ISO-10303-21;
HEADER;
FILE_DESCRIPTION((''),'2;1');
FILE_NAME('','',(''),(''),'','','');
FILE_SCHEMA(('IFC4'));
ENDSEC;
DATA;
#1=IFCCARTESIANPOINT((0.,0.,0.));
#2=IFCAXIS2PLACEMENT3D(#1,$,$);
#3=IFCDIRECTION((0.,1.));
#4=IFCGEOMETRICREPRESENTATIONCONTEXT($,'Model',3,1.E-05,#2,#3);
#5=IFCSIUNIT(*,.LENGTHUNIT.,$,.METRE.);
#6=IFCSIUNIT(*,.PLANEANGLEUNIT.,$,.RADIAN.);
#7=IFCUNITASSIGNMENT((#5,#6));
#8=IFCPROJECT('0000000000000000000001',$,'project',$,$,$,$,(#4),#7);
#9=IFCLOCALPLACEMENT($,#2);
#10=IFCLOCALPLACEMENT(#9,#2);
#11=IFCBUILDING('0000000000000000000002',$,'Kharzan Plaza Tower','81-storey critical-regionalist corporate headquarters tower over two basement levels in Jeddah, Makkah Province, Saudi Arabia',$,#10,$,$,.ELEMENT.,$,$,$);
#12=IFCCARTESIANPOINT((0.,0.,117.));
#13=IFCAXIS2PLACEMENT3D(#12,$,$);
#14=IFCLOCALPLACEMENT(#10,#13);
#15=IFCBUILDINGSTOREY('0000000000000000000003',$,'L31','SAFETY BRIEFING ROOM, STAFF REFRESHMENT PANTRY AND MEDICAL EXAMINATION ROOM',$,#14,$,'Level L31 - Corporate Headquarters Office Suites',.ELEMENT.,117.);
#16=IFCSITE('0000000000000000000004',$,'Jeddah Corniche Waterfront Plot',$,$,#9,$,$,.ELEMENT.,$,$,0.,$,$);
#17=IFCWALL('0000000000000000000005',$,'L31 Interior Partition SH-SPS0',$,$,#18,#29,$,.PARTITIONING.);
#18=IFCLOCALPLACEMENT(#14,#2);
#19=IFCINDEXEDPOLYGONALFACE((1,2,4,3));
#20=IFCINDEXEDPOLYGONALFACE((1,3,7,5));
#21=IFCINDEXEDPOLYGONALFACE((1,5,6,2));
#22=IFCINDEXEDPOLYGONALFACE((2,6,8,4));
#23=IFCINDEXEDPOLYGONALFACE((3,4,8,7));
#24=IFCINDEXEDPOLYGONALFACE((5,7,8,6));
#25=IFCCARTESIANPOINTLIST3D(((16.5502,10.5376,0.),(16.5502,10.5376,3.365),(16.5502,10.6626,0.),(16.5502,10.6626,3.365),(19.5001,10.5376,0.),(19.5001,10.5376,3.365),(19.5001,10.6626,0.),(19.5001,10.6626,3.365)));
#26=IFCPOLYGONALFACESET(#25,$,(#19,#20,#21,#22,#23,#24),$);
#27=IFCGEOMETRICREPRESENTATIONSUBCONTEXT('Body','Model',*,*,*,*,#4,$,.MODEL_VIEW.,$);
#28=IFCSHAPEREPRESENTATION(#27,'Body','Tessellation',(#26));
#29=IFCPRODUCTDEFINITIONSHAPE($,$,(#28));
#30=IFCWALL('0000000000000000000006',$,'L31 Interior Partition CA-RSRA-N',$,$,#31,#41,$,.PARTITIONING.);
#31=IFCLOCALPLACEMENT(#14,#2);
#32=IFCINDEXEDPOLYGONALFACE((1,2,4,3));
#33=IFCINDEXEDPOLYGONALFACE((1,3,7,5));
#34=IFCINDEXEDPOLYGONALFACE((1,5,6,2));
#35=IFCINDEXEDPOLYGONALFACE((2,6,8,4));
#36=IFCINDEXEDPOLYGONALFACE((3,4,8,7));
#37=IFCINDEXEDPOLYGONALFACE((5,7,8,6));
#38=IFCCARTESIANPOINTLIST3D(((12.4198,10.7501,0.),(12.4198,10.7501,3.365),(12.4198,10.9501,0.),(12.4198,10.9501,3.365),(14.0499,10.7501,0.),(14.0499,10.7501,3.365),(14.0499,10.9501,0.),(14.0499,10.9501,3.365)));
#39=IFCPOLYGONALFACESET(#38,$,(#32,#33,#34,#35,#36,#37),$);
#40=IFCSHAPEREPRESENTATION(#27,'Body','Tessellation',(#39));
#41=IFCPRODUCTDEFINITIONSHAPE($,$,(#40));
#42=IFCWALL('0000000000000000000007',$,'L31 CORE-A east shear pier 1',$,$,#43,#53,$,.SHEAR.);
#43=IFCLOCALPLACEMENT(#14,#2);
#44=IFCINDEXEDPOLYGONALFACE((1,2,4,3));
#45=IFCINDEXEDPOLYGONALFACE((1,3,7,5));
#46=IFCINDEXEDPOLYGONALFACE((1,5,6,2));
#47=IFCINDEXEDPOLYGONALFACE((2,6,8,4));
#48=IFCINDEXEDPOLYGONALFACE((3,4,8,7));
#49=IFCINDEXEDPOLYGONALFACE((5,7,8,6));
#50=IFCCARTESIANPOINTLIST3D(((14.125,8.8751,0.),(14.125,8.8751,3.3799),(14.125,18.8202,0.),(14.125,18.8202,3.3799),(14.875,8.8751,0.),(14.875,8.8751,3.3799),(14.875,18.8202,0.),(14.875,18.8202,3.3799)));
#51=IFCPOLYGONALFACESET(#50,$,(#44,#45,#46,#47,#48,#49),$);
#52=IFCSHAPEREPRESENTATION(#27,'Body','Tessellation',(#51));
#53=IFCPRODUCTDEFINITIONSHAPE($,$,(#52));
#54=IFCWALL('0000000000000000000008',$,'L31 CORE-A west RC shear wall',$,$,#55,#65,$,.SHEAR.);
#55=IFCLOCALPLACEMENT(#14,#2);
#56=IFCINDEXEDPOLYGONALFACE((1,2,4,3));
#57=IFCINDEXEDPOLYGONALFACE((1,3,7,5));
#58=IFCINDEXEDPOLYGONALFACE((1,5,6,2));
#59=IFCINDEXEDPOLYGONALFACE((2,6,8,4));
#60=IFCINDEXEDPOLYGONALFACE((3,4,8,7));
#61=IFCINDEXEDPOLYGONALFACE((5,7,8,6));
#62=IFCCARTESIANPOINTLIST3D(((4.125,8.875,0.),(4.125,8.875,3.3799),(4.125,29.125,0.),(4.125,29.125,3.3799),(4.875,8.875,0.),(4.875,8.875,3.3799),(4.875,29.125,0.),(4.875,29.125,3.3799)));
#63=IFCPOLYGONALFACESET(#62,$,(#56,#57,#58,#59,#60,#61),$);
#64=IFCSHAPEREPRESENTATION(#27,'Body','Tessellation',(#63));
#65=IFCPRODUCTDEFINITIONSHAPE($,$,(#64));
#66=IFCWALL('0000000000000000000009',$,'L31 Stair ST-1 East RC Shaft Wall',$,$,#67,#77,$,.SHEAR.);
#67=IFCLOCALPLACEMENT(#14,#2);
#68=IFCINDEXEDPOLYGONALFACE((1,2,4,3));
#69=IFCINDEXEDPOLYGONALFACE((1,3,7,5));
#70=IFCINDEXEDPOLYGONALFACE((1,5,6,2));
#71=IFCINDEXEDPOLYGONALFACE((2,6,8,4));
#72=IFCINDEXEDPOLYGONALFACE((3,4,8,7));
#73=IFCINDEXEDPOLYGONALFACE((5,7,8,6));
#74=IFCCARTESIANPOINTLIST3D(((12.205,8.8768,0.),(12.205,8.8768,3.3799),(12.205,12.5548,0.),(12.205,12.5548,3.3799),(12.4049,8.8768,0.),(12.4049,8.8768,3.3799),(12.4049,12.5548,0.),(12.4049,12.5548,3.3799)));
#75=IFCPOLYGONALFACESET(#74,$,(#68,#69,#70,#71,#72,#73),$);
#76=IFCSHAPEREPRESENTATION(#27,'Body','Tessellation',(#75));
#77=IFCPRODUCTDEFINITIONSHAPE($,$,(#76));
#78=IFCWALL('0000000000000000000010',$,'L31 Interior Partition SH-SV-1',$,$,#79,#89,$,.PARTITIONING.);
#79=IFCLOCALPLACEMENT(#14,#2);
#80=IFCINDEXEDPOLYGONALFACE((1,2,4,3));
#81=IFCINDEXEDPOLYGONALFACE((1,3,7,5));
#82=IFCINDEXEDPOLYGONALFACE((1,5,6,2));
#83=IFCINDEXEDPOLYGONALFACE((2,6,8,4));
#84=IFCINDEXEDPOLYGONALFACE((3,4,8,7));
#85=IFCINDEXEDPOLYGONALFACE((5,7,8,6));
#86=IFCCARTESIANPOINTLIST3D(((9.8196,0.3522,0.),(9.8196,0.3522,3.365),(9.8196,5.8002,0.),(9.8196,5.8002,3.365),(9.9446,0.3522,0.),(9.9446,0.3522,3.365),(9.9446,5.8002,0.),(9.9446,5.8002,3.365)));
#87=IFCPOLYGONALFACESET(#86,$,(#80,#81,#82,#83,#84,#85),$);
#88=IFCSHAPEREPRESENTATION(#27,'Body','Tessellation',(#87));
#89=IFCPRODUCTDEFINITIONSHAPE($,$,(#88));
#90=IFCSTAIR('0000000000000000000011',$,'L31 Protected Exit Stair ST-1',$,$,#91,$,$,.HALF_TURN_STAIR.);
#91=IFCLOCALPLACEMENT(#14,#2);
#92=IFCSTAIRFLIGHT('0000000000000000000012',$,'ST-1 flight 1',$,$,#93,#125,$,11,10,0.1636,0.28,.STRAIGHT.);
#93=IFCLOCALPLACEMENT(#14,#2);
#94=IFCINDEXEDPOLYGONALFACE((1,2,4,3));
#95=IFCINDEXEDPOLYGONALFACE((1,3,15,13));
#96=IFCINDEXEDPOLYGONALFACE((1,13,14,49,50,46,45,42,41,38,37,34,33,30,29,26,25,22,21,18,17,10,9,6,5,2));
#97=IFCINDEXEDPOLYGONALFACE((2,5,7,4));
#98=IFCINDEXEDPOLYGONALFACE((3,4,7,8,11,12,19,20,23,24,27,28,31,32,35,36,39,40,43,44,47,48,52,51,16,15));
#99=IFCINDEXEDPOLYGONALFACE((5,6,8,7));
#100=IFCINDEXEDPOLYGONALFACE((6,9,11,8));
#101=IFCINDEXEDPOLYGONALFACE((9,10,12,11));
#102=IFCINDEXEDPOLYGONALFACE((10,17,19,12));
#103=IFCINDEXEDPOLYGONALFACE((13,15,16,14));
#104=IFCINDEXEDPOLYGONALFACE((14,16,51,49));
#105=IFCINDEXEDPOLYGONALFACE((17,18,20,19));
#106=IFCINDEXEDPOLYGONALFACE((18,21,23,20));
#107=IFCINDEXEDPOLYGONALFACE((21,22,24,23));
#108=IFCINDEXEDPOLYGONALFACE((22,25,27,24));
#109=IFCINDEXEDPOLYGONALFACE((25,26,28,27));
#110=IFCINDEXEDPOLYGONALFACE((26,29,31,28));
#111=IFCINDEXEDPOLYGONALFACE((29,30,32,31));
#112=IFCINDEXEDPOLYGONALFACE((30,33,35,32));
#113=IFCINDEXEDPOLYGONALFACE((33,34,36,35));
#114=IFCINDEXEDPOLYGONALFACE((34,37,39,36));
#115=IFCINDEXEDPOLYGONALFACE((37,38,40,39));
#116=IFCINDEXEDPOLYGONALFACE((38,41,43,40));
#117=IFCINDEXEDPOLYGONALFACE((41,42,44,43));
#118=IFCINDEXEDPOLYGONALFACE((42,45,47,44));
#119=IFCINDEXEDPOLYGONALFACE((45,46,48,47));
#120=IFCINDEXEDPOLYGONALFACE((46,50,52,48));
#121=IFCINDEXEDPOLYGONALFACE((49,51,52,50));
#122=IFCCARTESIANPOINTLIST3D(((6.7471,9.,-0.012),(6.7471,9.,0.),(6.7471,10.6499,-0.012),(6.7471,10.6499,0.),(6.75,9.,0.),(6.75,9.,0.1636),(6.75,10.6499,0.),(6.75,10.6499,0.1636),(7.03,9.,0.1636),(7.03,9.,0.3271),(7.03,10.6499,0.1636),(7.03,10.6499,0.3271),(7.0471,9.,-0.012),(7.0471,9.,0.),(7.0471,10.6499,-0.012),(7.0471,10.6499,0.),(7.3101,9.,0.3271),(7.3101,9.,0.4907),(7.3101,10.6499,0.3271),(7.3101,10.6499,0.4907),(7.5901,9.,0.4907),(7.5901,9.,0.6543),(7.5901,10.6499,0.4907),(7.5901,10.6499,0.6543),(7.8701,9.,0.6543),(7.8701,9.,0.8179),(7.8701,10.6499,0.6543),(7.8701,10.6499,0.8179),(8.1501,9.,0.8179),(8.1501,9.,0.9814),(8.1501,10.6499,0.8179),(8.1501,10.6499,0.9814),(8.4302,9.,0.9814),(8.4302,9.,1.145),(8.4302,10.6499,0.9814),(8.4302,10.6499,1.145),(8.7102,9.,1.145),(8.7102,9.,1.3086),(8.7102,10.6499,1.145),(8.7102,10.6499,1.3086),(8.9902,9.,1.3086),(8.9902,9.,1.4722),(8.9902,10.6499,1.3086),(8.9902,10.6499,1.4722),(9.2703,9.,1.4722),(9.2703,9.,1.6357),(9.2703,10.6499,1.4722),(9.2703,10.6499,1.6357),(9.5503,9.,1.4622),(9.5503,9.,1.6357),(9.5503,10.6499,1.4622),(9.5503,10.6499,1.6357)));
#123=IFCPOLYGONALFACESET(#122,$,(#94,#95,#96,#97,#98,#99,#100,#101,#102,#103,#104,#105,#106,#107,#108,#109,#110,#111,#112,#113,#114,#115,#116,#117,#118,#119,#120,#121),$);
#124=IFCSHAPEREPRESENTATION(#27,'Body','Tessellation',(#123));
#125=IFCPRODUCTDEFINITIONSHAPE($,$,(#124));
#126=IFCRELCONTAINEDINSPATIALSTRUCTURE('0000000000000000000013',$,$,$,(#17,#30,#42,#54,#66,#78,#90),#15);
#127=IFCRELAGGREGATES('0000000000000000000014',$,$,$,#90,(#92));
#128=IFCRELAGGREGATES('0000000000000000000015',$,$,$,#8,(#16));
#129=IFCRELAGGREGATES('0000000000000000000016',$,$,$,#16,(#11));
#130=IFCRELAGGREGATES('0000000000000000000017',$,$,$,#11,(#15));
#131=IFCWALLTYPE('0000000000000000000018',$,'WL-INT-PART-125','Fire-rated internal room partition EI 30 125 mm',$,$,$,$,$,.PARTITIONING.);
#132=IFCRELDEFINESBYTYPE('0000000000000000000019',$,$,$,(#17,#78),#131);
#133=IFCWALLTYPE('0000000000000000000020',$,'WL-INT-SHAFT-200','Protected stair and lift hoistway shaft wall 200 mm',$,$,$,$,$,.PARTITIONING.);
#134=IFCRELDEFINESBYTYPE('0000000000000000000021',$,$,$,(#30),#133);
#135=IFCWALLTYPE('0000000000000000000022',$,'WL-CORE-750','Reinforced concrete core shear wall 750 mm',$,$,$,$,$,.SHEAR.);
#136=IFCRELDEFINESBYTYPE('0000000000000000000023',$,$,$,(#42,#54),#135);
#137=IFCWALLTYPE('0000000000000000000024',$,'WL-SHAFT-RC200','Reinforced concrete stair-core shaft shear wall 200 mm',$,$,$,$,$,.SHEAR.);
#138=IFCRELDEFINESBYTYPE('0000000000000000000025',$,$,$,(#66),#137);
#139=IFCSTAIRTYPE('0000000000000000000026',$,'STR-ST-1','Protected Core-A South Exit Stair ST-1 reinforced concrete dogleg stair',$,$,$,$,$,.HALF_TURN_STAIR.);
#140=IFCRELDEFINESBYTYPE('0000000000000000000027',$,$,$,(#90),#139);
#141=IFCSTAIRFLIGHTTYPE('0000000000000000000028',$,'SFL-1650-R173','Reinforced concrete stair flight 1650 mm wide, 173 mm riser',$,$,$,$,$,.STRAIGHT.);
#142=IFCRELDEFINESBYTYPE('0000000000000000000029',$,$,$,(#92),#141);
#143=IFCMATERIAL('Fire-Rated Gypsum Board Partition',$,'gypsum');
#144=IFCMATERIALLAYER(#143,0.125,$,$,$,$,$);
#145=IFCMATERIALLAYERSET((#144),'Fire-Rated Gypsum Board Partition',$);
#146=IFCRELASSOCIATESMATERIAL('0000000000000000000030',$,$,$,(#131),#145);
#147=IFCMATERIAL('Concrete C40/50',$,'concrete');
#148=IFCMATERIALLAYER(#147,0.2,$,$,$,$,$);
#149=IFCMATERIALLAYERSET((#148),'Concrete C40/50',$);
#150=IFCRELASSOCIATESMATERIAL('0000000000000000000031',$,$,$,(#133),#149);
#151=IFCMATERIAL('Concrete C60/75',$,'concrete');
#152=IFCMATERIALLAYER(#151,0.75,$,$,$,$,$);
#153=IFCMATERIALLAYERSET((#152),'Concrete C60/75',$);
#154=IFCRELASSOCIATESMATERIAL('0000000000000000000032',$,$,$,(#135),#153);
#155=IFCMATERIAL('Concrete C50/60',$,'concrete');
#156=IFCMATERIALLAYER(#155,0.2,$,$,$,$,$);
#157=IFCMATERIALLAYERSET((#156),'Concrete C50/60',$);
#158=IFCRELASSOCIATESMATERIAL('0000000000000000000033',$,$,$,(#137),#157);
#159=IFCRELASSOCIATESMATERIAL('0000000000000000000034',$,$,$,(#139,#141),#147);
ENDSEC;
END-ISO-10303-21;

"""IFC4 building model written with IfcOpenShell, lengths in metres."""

from ifc_helpers import new_model, si_unit, direction, frame, frame_2d, origin, place, context, subcontext, project, spatial, polyline, rectangle, outline, extrude, source, transform, mapped, material, layer, layer_set, type_object, element, aggregate, save


model = new_model("IFC4")

# Units and contexts
model_context = context("Model", 3, precision=1e-05, world=origin(), true_north=direction((0.0, 1.0)))
body_context = subcontext(model_context, "Body", "Model", "MODEL_VIEW")
ifc_project = project(units=[si_unit("LENGTHUNIT", "METRE"), si_unit("PLANEANGLEUNIT", "RADIAN")], contexts=[model_context])

# Site, building, storey
site_placement = place(None, origin())
site = spatial("IfcSite", under=ifc_project, at=site_placement, Name="Jeddah Corniche Waterfront Plot", CompositionType="ELEMENT", RefElevation=0.0)
building_placement = place(site_placement, origin())
building = spatial("IfcBuilding", under=site, at=building_placement, Name="Kharzan Plaza Tower", Description="81-storey critical-regionalist corporate headquarters tower over two basement levels in Jeddah, Makkah Province, Saudi Arabia", CompositionType="ELEMENT")
storey_placement = place(building_placement, frame((0.0, 0.0, 117.0)))
storey = spatial("IfcBuildingStorey", under=building, at=storey_placement, Name="L31", Description="SAFETY BRIEFING ROOM, STAFF REFRESHMENT PANTRY AND MEDICAL EXAMINATION ROOM", LongName="Level L31 - Corporate Headquarters Office Suites", CompositionType="ELEMENT", Elevation=117.0)

# Shared definitions
ifc_material_1 = material(Name="Concrete C60/75", Category="concrete")

# Shared definitions
ifc_material_2 = material(Name="Concrete C40/50", Category="concrete")

# Shared definitions
ifc_material_3 = material(Name="Fire-Rated Gypsum Board Partition", Category="gypsum")
ifc_layer_1 = layer(ifc_material_3, 0.125)
ifc_layer_set_1 = layer_set([ifc_layer_1], Name="Fire-Rated Gypsum Board Partition")
wall_type_1 = type_object("IfcWallType", Name="WL-INT-PART-125", Description="Fire-rated internal room partition EI 30 125 mm", PredefinedType="PARTITIONING", material=ifc_layer_set_1)

# Walls
shared_shape_1 = source(origin(), body_context, "Body", "SweptSolid", [
    extrude(rectangle(XDim=2.95, YDim=0.125, at=frame_2d((1.4751, 0.0))), origin(), (0.0, 0.0, 1.0), 3.365),
])
wall_1_placement = place(storey_placement, frame((16.55, 10.6001, 0.0), z_axis=(0.0, 0.0, 1.0), x_axis=(1.0, 0.0, 0.0)))
element("IfcWall", 1, at=wall_1_placement, inside=storey, type_object=wall_type_1, Name="L31 Interior Partition SH-SPS0", PredefinedType="PARTITIONING", context=body_context, shape_type="MappedRepresentation", body=[
    mapped(shared_shape_1, transform((0.0, 0.0, 0.0), x_axis=(1.0, 0.0, 0.0), y_axis=(0.0, 1.0, 0.0), z_axis=(0.0, 0.0, 1.0))),
])
ifc_layer_2 = layer(ifc_material_2, 0.2)
ifc_layer_set_2 = layer_set([ifc_layer_2], Name="Concrete C40/50")
wall_type_2 = type_object("IfcWallType", Name="WL-INT-SHAFT-200", Description="Protected stair and lift hoistway shaft wall 200 mm", PredefinedType="PARTITIONING", material=ifc_layer_set_2)
shared_shape_2 = source(origin(), body_context, "Body", "SweptSolid", [
    extrude(rectangle(XDim=1.6301, YDim=0.2, at=frame_2d((0.8149, 0.0))), origin(), (0.0, 0.0, 1.0), 3.365),
])
wall_2_placement = place(storey_placement, frame((12.4199, 10.8501, 0.0), z_axis=(0.0, 0.0, 1.0), x_axis=(1.0, 0.0, 0.0)))
element("IfcWall", 2, at=wall_2_placement, inside=storey, type_object=wall_type_2, Name="L31 Interior Partition CA-RSRA-N", PredefinedType="PARTITIONING", context=body_context, shape_type="MappedRepresentation", body=[
    mapped(shared_shape_2, transform((0.0, 0.0, 0.0), x_axis=(1.0, 0.0, 0.0), y_axis=(0.0, 1.0, 0.0), z_axis=(0.0, 0.0, 1.0))),
])
ifc_layer_3 = layer(ifc_material_1, 0.75)
ifc_layer_set_3 = layer_set([ifc_layer_3], Name="Concrete C60/75")
wall_type_3 = type_object("IfcWallType", Name="WL-CORE-750", Description="Reinforced concrete core shear wall 750 mm", PredefinedType="SHEAR", material=ifc_layer_set_3)
shared_shape_3 = source(origin(), body_context, "Body", "SweptSolid", [
    extrude(rectangle(XDim=9.9451, YDim=0.75, at=frame_2d((4.9727, 0.0))), origin(), (0.0, 0.0, 1.0), 3.3799),
])
wall_3_placement = place(storey_placement, frame((14.5, 8.875, 0.0), z_axis=(0.0, 0.0, 1.0), x_axis=(0.0, 1.0, 0.0)))
element("IfcWall", 3, at=wall_3_placement, inside=storey, type_object=wall_type_3, Name="L31 CORE-A east shear pier 1", PredefinedType="SHEAR", context=body_context, shape_type="MappedRepresentation", body=[
    mapped(shared_shape_3, transform((0.0, 0.0, 0.0), x_axis=(1.0, 0.0, 0.0), y_axis=(0.0, 1.0, 0.0), z_axis=(0.0, 0.0, 1.0))),
])
shared_shape_4 = source(origin(), body_context, "Body", "SweptSolid", [
    extrude(rectangle(XDim=20.25, YDim=0.75, at=frame_2d((10.125, 0.0))), origin(), (0.0, 0.0, 1.0), 3.3799),
])
wall_4_placement = place(storey_placement, frame((4.5, 8.875, 0.0), z_axis=(0.0, 0.0, 1.0), x_axis=(0.0, 1.0, 0.0)))
element("IfcWall", 4, at=wall_4_placement, inside=storey, type_object=wall_type_3, Name="L31 CORE-A west RC shear wall", PredefinedType="SHEAR", context=body_context, shape_type="MappedRepresentation", body=[
    mapped(shared_shape_4, transform((0.0, 0.0, 0.0), x_axis=(1.0, 0.0, 0.0), y_axis=(0.0, 1.0, 0.0), z_axis=(0.0, 0.0, 1.0))),
])
ifc_material_4 = material(Name="Concrete C50/60", Category="concrete")
ifc_layer_4 = layer(ifc_material_4, 0.2)
ifc_layer_set_4 = layer_set([ifc_layer_4], Name="Concrete C50/60")
wall_type_4 = type_object("IfcWallType", Name="WL-SHAFT-RC200", Description="Reinforced concrete stair-core shaft shear wall 200 mm", PredefinedType="SHEAR", material=ifc_layer_set_4)
shared_shape_5 = source(origin(), body_context, "Body", "SweptSolid", [
    extrude(rectangle(XDim=3.678, YDim=0.2, at=frame_2d((1.8389, 0.0))), origin(), (0.0, 0.0, 1.0), 3.3799),
])
wall_5_placement = place(storey_placement, frame((12.3049, 8.877, 0.0), z_axis=(0.0, 0.0, 1.0), x_axis=(0.0, 1.0, 0.0)))
element("IfcWall", 5, at=wall_5_placement, inside=storey, type_object=wall_type_4, Name="L31 Stair ST-1 East RC Shaft Wall", PredefinedType="SHEAR", context=body_context, shape_type="MappedRepresentation", body=[
    mapped(shared_shape_5, transform((0.0, 0.0, 0.0), x_axis=(1.0, 0.0, 0.0), y_axis=(0.0, 1.0, 0.0), z_axis=(0.0, 0.0, 1.0))),
])
shared_shape_6 = source(origin(), body_context, "Body", "SweptSolid", [
    extrude(rectangle(XDim=5.448, YDim=0.125, at=frame_2d((2.7241, 0.0))), origin(), (0.0, 0.0, 1.0), 3.365),
])
wall_6_placement = place(storey_placement, frame((9.8821, 0.3521, 0.0), z_axis=(0.0, 0.0, 1.0), x_axis=(0.0, 1.0, 0.0)))
element("IfcWall", 6, at=wall_6_placement, inside=storey, type_object=wall_type_1, Name="L31 Interior Partition SH-SV-1", PredefinedType="PARTITIONING", context=body_context, shape_type="MappedRepresentation", body=[
    mapped(shared_shape_6, transform((0.0, 0.0, 0.0), x_axis=(1.0, 0.0, 0.0), y_axis=(0.0, 1.0, 0.0), z_axis=(0.0, 0.0, 1.0))),
])

# Stair, stair flight
stair_type = type_object("IfcStairType", Name="STR-ST-1", Description="Protected Core-A South Exit Stair ST-1 reinforced concrete dogleg stair", PredefinedType="HALF_TURN_STAIR", material=ifc_material_2)
stair_placement = place(storey_placement, origin())
stair = element("IfcStair", 7, at=stair_placement, inside=storey, type_object=stair_type, Name="L31 Protected Exit Stair ST-1", PredefinedType="HALF_TURN_STAIR")
stair_flight_type = type_object("IfcStairFlightType", Name="SFL-1650-R173", Description="Reinforced concrete stair flight 1650 mm wide, 173 mm riser", PredefinedType="STRAIGHT", material=ifc_material_2)
shared_shape_7 = source(origin(), body_context, "Body", "SweptSolid", [
    extrude(outline(polyline([(-0.0029, -0.012), (-0.0029, 0.0), (0.0, 0.0), (0.0, 0.1636), (0.28, 0.1636), (0.28, 0.3271), (0.5601, 0.3271), (0.5601, 0.4907), (0.8401, 0.4907), (0.8401, 0.6543), (1.1201, 0.6543), (1.1201, 0.8179), (1.4001, 0.8179), (1.4001, 0.9814), (1.6802, 0.9814), (1.6802, 1.145), (1.9602, 1.145), (1.9602, 1.3086), (2.2402, 1.3086), (2.2402, 1.4722), (2.5203, 1.4722), (2.5203, 1.6357), (2.8003, 1.6357), (2.8003, 1.7993), (2.8003, 1.4622), (0.2971, 0.0), (0.2971, -0.012), (-0.0029, -0.012)])), frame((0.0, 0.825, 0.0), z_axis=(0.0, -1.0, 0.0), x_axis=(1.0, 0.0, 0.0)), (0.0, 0.0, 1.0), 1.6499),
])
stair_flight_placement = place(storey_placement, frame((6.75, 9.825, 0.0), z_axis=(0.0, 0.0, 1.0), x_axis=(1.0, 0.0, 0.0)))
stair_flight = element("IfcStairFlight", 8, at=stair_flight_placement, type_object=stair_flight_type, Name="ST-1 flight 1", NumberOfRisers=11, NumberOfTreads=10, PredefinedType="STRAIGHT", RiserHeight=0.1636, TreadLength=0.28, context=body_context, shape_type="MappedRepresentation", body=[
    mapped(shared_shape_7, transform((0.0, 0.0, 0.0), x_axis=(1.0, 0.0, 0.0), y_axis=(0.0, 1.0, 0.0), z_axis=(0.0, 0.0, 1.0))),
])
aggregate(stair, [stair_flight])

save(model, "model.ifc")
